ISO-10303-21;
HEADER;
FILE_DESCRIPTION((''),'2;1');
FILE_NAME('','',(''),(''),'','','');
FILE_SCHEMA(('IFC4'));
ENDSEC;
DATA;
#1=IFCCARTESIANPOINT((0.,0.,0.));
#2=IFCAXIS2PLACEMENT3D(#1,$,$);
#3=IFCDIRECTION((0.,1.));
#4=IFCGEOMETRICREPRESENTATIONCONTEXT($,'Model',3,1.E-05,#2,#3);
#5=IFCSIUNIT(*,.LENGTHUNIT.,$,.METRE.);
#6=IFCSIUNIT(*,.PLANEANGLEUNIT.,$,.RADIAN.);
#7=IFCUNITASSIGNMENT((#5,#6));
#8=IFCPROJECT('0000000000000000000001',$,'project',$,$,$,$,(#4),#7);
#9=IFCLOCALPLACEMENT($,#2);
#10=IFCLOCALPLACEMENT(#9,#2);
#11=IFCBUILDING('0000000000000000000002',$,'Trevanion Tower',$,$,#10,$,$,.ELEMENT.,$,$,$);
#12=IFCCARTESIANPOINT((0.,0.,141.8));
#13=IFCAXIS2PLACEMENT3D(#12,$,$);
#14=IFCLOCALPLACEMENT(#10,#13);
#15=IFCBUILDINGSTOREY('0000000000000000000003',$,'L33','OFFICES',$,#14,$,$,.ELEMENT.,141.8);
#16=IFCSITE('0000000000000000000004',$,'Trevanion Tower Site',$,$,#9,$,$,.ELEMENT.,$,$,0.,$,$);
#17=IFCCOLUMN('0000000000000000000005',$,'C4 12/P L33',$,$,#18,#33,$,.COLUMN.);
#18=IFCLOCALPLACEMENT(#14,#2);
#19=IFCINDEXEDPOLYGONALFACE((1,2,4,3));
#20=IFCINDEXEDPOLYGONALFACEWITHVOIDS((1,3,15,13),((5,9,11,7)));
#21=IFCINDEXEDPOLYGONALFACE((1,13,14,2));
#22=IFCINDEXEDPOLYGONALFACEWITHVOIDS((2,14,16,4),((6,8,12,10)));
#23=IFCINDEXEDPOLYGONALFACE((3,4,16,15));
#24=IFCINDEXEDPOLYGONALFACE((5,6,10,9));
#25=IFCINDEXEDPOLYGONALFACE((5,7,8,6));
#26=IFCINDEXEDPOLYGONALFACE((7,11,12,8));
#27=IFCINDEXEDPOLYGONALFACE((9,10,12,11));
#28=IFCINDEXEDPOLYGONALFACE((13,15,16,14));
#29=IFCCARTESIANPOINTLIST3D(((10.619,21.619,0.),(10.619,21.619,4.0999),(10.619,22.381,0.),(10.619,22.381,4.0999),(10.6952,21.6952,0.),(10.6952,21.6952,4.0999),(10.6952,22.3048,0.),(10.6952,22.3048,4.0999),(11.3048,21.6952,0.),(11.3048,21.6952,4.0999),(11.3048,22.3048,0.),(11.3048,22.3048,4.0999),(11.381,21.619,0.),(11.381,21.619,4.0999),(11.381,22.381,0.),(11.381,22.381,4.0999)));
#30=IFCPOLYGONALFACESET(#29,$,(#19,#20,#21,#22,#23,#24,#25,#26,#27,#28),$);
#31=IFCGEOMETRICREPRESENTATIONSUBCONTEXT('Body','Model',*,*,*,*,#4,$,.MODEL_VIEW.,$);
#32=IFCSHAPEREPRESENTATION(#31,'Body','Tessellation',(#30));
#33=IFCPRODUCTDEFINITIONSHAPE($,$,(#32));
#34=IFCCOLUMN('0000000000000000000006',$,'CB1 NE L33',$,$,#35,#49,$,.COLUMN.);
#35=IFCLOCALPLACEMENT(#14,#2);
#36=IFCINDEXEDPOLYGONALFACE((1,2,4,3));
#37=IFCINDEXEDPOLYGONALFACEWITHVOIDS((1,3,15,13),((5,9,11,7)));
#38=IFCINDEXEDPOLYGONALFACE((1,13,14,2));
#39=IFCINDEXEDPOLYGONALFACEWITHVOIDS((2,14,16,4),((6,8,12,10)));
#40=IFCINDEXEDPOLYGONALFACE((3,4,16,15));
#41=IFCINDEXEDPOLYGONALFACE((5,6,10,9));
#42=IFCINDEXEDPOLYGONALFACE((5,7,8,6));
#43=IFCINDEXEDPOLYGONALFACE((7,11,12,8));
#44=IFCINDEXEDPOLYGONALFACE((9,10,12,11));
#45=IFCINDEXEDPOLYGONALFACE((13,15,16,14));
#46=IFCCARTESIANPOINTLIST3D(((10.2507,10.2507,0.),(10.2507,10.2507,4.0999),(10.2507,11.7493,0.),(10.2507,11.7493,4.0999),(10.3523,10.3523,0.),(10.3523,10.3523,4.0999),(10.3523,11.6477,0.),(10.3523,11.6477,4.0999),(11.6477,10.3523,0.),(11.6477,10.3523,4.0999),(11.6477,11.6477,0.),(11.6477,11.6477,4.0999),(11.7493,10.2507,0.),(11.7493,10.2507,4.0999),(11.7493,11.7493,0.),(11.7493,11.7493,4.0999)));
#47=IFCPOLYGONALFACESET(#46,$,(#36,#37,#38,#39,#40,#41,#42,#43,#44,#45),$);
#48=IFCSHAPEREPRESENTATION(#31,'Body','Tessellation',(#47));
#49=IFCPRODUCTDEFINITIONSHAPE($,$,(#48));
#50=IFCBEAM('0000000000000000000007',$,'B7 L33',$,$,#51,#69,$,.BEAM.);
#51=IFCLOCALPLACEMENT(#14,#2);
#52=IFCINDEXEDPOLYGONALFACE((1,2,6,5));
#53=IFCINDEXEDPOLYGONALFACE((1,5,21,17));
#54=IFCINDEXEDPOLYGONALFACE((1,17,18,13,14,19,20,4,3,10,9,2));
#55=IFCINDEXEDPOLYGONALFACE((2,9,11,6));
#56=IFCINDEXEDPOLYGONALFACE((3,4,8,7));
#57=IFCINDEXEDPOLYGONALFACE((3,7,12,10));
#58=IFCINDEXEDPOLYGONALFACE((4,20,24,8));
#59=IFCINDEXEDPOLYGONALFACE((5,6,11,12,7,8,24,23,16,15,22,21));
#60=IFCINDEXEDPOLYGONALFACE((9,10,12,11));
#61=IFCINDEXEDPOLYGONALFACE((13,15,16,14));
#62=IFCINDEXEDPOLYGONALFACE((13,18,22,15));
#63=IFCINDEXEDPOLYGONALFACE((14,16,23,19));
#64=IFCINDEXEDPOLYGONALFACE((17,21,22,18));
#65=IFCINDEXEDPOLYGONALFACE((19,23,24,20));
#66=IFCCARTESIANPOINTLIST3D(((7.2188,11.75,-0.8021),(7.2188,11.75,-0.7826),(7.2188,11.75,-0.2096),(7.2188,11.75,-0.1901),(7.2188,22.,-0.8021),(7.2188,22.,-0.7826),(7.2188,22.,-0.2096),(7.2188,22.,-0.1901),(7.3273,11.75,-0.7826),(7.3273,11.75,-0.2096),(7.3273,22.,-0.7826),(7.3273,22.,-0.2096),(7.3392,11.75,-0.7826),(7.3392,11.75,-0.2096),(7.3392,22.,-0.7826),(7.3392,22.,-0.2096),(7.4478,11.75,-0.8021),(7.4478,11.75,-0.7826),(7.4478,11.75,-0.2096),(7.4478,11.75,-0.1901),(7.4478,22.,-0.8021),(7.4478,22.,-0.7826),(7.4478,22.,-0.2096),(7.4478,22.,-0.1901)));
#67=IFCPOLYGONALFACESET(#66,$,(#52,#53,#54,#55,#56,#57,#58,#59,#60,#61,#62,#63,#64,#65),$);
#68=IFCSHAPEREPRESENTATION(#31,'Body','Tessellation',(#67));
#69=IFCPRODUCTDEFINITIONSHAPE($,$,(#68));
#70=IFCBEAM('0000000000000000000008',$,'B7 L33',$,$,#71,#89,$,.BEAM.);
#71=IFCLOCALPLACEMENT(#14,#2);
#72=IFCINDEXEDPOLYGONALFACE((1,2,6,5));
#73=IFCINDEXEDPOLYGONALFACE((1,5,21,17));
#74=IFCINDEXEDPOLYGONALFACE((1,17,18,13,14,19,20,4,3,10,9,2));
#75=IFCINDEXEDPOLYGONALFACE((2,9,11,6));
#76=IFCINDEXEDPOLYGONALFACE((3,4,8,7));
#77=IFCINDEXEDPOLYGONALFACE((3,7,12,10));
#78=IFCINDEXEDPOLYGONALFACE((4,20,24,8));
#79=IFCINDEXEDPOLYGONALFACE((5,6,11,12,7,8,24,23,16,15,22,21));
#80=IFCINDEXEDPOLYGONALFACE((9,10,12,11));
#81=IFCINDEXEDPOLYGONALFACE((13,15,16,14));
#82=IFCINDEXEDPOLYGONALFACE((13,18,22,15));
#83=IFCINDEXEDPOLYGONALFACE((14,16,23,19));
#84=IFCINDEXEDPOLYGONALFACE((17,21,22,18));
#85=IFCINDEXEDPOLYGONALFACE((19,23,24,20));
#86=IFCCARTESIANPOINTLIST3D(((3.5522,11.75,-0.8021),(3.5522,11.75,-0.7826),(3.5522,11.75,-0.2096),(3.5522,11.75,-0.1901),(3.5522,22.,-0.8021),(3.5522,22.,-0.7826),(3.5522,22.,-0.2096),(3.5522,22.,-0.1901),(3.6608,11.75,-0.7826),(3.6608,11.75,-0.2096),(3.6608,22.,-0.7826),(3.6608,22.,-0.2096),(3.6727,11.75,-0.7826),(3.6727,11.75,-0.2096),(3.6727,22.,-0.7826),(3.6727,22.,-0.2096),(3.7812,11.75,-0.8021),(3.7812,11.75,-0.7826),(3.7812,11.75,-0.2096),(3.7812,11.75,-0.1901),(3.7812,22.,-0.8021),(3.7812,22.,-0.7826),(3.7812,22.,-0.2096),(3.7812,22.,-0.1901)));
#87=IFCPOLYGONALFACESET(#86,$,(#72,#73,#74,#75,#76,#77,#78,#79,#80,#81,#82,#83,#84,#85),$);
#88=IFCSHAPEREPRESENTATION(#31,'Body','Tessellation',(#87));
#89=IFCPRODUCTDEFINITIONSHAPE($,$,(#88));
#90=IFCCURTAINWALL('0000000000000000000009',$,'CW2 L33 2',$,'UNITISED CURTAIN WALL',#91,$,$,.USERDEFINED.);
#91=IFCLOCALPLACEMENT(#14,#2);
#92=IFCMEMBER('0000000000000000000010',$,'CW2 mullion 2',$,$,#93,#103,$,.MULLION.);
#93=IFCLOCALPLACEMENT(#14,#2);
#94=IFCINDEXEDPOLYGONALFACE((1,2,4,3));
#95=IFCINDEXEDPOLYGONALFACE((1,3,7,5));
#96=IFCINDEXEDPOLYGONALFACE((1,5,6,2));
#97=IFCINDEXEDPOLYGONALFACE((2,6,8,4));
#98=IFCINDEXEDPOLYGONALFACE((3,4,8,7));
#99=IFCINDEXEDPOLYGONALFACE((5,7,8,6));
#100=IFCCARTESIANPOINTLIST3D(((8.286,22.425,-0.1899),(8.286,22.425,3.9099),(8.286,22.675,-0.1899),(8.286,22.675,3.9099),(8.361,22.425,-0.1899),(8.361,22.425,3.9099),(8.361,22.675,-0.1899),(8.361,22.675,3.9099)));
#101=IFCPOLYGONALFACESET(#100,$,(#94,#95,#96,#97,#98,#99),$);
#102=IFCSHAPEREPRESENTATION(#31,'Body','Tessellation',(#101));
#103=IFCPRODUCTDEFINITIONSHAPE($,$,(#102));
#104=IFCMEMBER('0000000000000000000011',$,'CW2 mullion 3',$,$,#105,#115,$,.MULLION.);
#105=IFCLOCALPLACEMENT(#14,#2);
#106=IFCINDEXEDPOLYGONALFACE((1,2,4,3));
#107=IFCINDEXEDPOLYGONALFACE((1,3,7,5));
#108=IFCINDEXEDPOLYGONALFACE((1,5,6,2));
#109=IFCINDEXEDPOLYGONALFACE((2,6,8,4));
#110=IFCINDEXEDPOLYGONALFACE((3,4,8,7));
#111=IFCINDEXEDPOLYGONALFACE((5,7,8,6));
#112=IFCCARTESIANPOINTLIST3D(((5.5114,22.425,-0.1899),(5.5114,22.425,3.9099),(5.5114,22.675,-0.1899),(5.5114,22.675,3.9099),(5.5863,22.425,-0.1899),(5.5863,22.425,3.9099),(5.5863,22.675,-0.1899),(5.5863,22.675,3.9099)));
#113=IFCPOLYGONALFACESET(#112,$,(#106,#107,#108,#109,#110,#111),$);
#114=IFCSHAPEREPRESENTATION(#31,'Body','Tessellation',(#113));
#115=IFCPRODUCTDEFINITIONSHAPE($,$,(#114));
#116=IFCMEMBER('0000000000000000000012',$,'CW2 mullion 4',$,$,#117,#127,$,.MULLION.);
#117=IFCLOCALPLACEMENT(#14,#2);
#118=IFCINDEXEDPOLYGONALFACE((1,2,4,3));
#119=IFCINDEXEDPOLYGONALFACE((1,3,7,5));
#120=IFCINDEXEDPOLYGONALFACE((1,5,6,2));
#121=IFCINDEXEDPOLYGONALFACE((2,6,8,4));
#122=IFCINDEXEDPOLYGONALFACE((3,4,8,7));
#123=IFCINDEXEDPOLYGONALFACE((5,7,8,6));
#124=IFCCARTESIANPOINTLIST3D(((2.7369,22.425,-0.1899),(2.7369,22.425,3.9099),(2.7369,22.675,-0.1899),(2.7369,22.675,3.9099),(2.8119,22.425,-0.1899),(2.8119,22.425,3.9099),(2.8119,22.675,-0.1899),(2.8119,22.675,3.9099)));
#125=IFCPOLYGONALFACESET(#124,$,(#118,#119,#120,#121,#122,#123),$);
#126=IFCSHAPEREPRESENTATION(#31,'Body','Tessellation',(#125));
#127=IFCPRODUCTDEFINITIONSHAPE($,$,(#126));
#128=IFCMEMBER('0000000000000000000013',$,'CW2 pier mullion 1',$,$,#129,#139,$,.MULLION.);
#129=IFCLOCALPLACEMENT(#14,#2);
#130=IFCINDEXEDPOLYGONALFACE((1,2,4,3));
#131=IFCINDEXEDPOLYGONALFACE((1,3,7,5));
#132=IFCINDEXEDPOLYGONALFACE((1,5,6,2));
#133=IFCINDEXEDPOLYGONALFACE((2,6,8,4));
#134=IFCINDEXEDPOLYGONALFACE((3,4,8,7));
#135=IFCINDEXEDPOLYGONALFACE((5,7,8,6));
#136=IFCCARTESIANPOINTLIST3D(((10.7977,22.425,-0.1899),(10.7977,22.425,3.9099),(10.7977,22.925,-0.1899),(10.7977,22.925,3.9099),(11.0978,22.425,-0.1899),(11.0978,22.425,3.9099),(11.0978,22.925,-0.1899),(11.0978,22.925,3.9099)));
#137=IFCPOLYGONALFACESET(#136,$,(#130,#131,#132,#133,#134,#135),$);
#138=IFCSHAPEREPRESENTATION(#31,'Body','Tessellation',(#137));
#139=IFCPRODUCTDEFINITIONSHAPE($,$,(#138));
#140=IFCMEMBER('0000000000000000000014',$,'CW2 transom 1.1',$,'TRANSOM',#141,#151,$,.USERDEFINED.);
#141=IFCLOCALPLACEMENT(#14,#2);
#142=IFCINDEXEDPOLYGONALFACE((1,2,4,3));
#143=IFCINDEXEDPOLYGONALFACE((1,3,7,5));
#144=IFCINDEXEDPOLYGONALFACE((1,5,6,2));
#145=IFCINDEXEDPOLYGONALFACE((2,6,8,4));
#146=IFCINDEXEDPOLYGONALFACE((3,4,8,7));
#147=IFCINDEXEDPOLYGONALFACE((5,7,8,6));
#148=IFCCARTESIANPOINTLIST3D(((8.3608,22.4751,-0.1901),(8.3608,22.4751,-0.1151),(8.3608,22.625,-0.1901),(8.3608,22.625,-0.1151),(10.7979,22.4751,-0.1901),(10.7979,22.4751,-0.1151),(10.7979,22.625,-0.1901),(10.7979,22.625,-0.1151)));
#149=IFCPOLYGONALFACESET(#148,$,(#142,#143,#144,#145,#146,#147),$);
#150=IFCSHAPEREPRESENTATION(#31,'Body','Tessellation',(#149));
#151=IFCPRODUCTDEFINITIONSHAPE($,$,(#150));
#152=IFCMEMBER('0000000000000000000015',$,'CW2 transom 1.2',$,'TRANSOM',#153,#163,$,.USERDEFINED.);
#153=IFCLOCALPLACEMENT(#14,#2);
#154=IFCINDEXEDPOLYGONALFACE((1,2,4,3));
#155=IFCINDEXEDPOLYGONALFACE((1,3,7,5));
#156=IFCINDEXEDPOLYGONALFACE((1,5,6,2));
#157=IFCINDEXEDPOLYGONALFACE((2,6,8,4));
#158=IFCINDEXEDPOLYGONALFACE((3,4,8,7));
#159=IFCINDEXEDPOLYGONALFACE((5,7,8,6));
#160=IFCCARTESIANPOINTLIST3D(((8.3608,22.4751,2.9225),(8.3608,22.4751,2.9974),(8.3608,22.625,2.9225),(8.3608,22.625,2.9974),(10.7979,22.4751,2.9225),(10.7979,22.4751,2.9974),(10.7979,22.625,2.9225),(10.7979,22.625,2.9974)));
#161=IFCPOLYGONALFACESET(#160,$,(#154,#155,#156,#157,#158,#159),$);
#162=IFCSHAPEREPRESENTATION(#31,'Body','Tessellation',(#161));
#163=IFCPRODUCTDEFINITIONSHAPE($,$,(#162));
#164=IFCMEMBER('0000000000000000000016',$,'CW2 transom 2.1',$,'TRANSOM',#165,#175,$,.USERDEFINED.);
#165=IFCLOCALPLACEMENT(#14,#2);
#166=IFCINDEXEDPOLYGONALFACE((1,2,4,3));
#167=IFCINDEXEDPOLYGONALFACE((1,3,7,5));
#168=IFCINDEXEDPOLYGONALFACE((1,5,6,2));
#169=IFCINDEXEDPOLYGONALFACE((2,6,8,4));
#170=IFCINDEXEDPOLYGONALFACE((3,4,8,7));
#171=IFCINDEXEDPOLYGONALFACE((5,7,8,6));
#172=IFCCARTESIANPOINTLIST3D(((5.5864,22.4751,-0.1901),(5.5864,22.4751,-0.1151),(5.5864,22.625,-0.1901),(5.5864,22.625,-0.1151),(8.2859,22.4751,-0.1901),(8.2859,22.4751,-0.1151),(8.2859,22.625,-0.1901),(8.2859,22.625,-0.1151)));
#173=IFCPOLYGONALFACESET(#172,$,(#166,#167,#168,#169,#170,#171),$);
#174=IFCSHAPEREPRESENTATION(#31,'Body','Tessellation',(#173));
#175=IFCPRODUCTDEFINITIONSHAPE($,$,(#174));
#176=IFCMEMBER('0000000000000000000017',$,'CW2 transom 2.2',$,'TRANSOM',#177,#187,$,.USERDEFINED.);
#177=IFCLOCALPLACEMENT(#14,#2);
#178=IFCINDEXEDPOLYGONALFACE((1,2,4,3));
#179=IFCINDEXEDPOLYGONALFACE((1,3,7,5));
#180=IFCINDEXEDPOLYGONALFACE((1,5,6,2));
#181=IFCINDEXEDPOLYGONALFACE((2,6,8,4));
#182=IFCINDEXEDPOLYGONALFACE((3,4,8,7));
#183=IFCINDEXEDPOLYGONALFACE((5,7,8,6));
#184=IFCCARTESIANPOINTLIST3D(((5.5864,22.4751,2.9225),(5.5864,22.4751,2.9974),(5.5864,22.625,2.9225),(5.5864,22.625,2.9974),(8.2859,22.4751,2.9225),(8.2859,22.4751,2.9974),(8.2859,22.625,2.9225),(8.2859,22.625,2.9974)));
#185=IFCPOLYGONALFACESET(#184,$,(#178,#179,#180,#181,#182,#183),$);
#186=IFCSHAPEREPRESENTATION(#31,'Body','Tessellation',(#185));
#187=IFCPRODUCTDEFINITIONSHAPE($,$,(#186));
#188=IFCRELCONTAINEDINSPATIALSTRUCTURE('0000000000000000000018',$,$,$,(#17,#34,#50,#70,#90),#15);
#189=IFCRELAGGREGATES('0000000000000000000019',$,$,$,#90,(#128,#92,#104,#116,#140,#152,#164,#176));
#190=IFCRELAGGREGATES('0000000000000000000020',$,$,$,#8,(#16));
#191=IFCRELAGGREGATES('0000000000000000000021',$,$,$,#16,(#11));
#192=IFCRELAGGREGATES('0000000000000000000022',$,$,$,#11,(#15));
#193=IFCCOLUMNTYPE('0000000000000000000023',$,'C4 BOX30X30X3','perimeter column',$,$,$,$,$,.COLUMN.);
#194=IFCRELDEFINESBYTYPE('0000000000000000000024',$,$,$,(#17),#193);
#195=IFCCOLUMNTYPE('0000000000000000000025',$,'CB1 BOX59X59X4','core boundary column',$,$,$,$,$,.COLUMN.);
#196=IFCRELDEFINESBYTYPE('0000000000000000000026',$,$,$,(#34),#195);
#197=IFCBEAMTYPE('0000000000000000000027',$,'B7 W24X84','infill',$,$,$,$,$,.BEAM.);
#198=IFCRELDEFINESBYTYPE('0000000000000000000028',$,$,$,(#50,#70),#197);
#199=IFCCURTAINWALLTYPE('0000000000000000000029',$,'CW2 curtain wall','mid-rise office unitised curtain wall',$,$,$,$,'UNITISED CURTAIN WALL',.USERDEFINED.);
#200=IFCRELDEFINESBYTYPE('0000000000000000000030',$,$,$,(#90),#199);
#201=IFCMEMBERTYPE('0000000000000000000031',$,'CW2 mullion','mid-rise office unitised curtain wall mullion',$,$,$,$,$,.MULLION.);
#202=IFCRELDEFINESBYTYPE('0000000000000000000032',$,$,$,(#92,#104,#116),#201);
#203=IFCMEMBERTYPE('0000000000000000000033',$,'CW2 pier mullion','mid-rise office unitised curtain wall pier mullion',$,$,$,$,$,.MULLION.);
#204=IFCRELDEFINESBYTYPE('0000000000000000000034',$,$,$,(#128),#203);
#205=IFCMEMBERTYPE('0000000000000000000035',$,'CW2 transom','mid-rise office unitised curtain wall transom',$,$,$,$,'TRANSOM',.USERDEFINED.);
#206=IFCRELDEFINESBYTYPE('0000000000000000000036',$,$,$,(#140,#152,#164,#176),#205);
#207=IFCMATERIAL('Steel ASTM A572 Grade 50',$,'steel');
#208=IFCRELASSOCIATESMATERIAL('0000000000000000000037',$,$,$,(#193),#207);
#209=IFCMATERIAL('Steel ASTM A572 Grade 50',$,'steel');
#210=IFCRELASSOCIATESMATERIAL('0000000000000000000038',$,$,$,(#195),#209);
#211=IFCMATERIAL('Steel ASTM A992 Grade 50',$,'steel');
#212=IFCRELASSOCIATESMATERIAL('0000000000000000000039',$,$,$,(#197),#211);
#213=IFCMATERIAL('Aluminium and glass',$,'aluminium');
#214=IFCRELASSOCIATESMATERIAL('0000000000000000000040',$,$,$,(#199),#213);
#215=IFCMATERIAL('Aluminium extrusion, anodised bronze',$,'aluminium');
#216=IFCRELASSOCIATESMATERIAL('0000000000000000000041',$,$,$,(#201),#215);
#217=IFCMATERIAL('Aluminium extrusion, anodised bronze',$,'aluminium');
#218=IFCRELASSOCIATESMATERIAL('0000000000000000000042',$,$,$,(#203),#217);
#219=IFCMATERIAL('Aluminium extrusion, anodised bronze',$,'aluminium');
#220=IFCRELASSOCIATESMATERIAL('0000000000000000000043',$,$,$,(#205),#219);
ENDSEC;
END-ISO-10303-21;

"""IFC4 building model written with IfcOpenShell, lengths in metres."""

from ifc_helpers import new_model, si_unit, direction, frame, origin, origin_2d, place, context, subcontext, project, spatial, rectangle, hollow_rectangle, i_section, extrude, material, material_profile, profile_set, type_object, element, aggregate, save


model = new_model("IFC4")

# Units and contexts
model_context = context("Model", 3, precision=1e-05, world=origin(), true_north=direction((0.0, 1.0)))
body_context = subcontext(model_context, "Body", "Model", "MODEL_VIEW")
ifc_project = project(units=[si_unit("LENGTHUNIT", "METRE"), si_unit("PLANEANGLEUNIT", "RADIAN")], contexts=[model_context])

# Site, building, storey
site_placement = place(None, origin())
site = spatial("IfcSite", under=ifc_project, at=site_placement, Name="Trevanion Tower Site", CompositionType="ELEMENT", RefElevation=0.0)
building_placement = place(site_placement, origin())
building = spatial("IfcBuilding", under=site, at=building_placement, Name="Trevanion Tower", CompositionType="ELEMENT")
storey_placement = place(building_placement, frame((0.0, 0.0, 141.8)))
storey = spatial("IfcBuildingStorey", under=building, at=storey_placement, Name="L33", Description="OFFICES", CompositionType="ELEMENT", Elevation=141.8)

# Columns
ifc_material_1 = material(Name="Steel ASTM A572 Grade 50", Category="steel")
ifc_material_profile_1 = material_profile(ifc_material_1, hollow_rectangle(XDim=0.762, YDim=0.762, WallThickness=0.0762, at=origin_2d()), Name="BOX30X30X3")
ifc_profile_set_1 = profile_set([ifc_material_profile_1], Name="Steel ASTM A572 Grade 50")
column_type_1 = type_object("IfcColumnType", Name="C4 BOX30X30X3", Description="perimeter column", PredefinedType="COLUMN", material=ifc_profile_set_1)
column_1_placement = place(storey_placement, frame((11.0, 22.0, 0.0), z_axis=(0.0, 0.0, 1.0), x_axis=(1.0, 0.0, 0.0)))
element("IfcColumn", 1, at=column_1_placement, inside=storey, type_object=column_type_1, Name="C4 12/P L33", PredefinedType="COLUMN", context=body_context, shape_type="SweptSolid", body=[
    extrude(hollow_rectangle(XDim=0.762, YDim=0.762, WallThickness=0.0762, at=origin_2d()), origin(), (0.0, 0.0, 1.0), 4.0999),
])
ifc_material_2 = material(Name="Steel ASTM A572 Grade 50", Category="steel")
ifc_material_profile_2 = material_profile(ifc_material_2, hollow_rectangle(XDim=1.4985, YDim=1.4985, WallThickness=0.1016, at=origin_2d()), Name="BOX59X59X4")
ifc_profile_set_2 = profile_set([ifc_material_profile_2], Name="Steel ASTM A572 Grade 50")
column_type_2 = type_object("IfcColumnType", Name="CB1 BOX59X59X4", Description="core boundary column", PredefinedType="COLUMN", material=ifc_profile_set_2)
column_2_placement = place(storey_placement, frame((11.0, 11.0, 0.0), z_axis=(0.0, 0.0, 1.0), x_axis=(1.0, 0.0, 0.0)))
element("IfcColumn", 2, at=column_2_placement, inside=storey, type_object=column_type_2, Name="CB1 NE L33", PredefinedType="COLUMN", context=body_context, shape_type="SweptSolid", body=[
    extrude(hollow_rectangle(XDim=1.4985, YDim=1.4985, WallThickness=0.1016, at=origin_2d()), origin(), (0.0, 0.0, 1.0), 4.0999),
])

# Beams
ifc_material_3 = material(Name="Steel ASTM A992 Grade 50", Category="steel")
ifc_material_profile_3 = material_profile(ifc_material_3, i_section(OverallWidth=0.229, OverallDepth=0.6121, WebThickness=0.012, FlangeThickness=0.0195, at=origin_2d()), Name="W24X84")
ifc_profile_set_3 = profile_set([ifc_material_profile_3], Name="Steel ASTM A992 Grade 50")
beam_type_1 = type_object("IfcBeamType", Name="B7 W24X84", Description="infill", PredefinedType="BEAM", material=ifc_profile_set_3)
for number, where, z_axis, x_axis, name in (
    (3, (7.3333, 11.75, -0.4961), (0.0, 1.0, 0.0), (-1.0, 0.0, 0.0), "B7 L33"),
    (4, (3.6667, 11.75, -0.4961), (0.0, 1.0, 0.0), (-1.0, 0.0, 0.0), "B7 L33"),
):
    element("IfcBeam", number, at=place(storey_placement, frame(where, z_axis=z_axis, x_axis=x_axis)), inside=storey, type_object=beam_type_1, Name=name, PredefinedType="BEAM", context=body_context, shape_type="SweptSolid", body=[
        extrude(i_section(OverallWidth=0.229, OverallDepth=0.6121, WebThickness=0.012, FlangeThickness=0.0195, at=origin_2d()), origin(), (0.0, 0.0, 1.0), 10.25),
    ])

# Curtain wall, members
ifc_material_4 = material(Name="Aluminium and glass", Category="aluminium")
curtain_wall_type = type_object("IfcCurtainWallType", Name="CW2 curtain wall", Description="mid-rise office unitised curtain wall", ElementType="UNITISED CURTAIN WALL", PredefinedType="USERDEFINED", material=ifc_material_4)
curtain_wall_placement = place(storey_placement, origin())
curtain_wall = element("IfcCurtainWall", 5, at=curtain_wall_placement, inside=storey, type_object=curtain_wall_type, Name="CW2 L33 2", ObjectType="UNITISED CURTAIN WALL", PredefinedType="USERDEFINED")
ifc_material_5 = material(Name="Aluminium extrusion, anodised bronze", Category="aluminium")
ifc_material_profile_4 = material_profile(ifc_material_5, rectangle(XDim=0.075, YDim=0.25, at=origin_2d()), Name="CW2 mullion")
ifc_profile_set_4 = profile_set([ifc_material_profile_4], Name="Aluminium extrusion, anodised bronze")
member_type_1 = type_object("IfcMemberType", Name="CW2 mullion", Description="mid-rise office unitised curtain wall mullion", PredefinedType="MULLION", material=ifc_profile_set_4)
member_1_placement = place(storey_placement, frame((8.3235, 22.55, -0.1899), z_axis=(0.0, 0.0, 1.0), x_axis=(-1.0, 0.0, 0.0)))
member_1 = element("IfcMember", 6, at=member_1_placement, type_object=member_type_1, Name="CW2 mullion 2", PredefinedType="MULLION", context=body_context, shape_type="SweptSolid", body=[
    extrude(rectangle(XDim=0.075, YDim=0.25, at=origin_2d()), origin(), (0.0, 0.0, 1.0), 4.0999),
])
member_2_placement = place(storey_placement, frame((5.5488, 22.55, -0.1899), z_axis=(0.0, 0.0, 1.0), x_axis=(-1.0, 0.0, 0.0)))
member_2 = element("IfcMember", 7, at=member_2_placement, type_object=member_type_1, Name="CW2 mullion 3", PredefinedType="MULLION", context=body_context, shape_type="SweptSolid", body=[
    extrude(rectangle(XDim=0.075, YDim=0.25, at=origin_2d()), origin(), (0.0, 0.0, 1.0), 4.0999),
])
member_3_placement = place(storey_placement, frame((2.7744, 22.55, -0.1899), z_axis=(0.0, 0.0, 1.0), x_axis=(-1.0, 0.0, 0.0)))
member_3 = element("IfcMember", 8, at=member_3_placement, type_object=member_type_1, Name="CW2 mullion 4", PredefinedType="MULLION", context=body_context, shape_type="SweptSolid", body=[
    extrude(rectangle(XDim=0.075, YDim=0.25, at=origin_2d()), origin(), (0.0, 0.0, 1.0), 4.0999),
])
ifc_material_6 = material(Name="Aluminium extrusion, anodised bronze", Category="aluminium")
ifc_material_profile_5 = material_profile(ifc_material_6, rectangle(XDim=0.3, YDim=0.5, at=origin_2d()), Name="CW2 pier mullion")
ifc_profile_set_5 = profile_set([ifc_material_profile_5], Name="Aluminium extrusion, anodised bronze")
member_type_2 = type_object("IfcMemberType", Name="CW2 pier mullion", Description="mid-rise office unitised curtain wall pier mullion", PredefinedType="MULLION", material=ifc_profile_set_5)
member_4_placement = place(storey_placement, frame((10.9478, 22.675, -0.1899), z_axis=(0.0, 0.0, 1.0), x_axis=(-1.0, 0.0, 0.0)))
member_4 = element("IfcMember", 9, at=member_4_placement, type_object=member_type_2, Name="CW2 pier mullion 1", PredefinedType="MULLION", context=body_context, shape_type="SweptSolid", body=[
    extrude(rectangle(XDim=0.3, YDim=0.5, at=origin_2d()), origin(), (0.0, 0.0, 1.0), 4.0999),
])
ifc_material_7 = material(Name="Aluminium extrusion, anodised bronze", Category="aluminium")
ifc_material_profile_6 = material_profile(ifc_material_7, rectangle(XDim=0.1499, YDim=0.075, at=origin_2d()), Name="CW2 transom")
ifc_profile_set_6 = profile_set([ifc_material_profile_6], Name="Aluminium extrusion, anodised bronze")
member_type_3 = type_object("IfcMemberType", Name="CW2 transom", Description="mid-rise office unitised curtain wall transom", ElementType="TRANSOM", PredefinedType="USERDEFINED", material=ifc_profile_set_6)
member_5_placement = place(storey_placement, frame((10.7979, 22.55, -0.1526), z_axis=(-1.0, 0.0, 0.0), x_axis=(0.0, -1.0, 0.0)))
member_5 = element("IfcMember", 10, at=member_5_placement, type_object=member_type_3, Name="CW2 transom 1.1", ObjectType="TRANSOM", PredefinedType="USERDEFINED", context=body_context, shape_type="SweptSolid", body=[
    extrude(rectangle(XDim=0.1499, YDim=0.075, at=origin_2d()), origin(), (0.0, 0.0, 1.0), 2.437),
])
member_6_placement = place(storey_placement, frame((10.7979, 22.55, 2.96), z_axis=(-1.0, 0.0, 0.0), x_axis=(0.0, -1.0, 0.0)))
member_6 = element("IfcMember", 11, at=member_6_placement, type_object=member_type_3, Name="CW2 transom 1.2", ObjectType="TRANSOM", PredefinedType="USERDEFINED", context=body_context, shape_type="SweptSolid", body=[
    extrude(rectangle(XDim=0.1499, YDim=0.075, at=origin_2d()), origin(), (0.0, 0.0, 1.0), 2.437),
])
member_7_placement = place(storey_placement, frame((8.2859, 22.55, -0.1526), z_axis=(-1.0, 0.0, 0.0), x_axis=(0.0, -1.0, 0.0)))
member_7 = element("IfcMember", 12, at=member_7_placement, type_object=member_type_3, Name="CW2 transom 2.1", ObjectType="TRANSOM", PredefinedType="USERDEFINED", context=body_context, shape_type="SweptSolid", body=[
    extrude(rectangle(XDim=0.1499, YDim=0.075, at=origin_2d()), origin(), (0.0, 0.0, 1.0), 2.6995),
])
member_8_placement = place(storey_placement, frame((8.2859, 22.55, 2.96), z_axis=(-1.0, 0.0, 0.0), x_axis=(0.0, -1.0, 0.0)))
member_8 = element("IfcMember", 13, at=member_8_placement, type_object=member_type_3, Name="CW2 transom 2.2", ObjectType="TRANSOM", PredefinedType="USERDEFINED", context=body_context, shape_type="SweptSolid", body=[
    extrude(rectangle(XDim=0.1499, YDim=0.075, at=origin_2d()), origin(), (0.0, 0.0, 1.0), 2.6995),
])

aggregate(curtain_wall, [member_4, member_1, member_2, member_3, member_5, member_6, member_7, member_8])

save(model, "model.ifc")
